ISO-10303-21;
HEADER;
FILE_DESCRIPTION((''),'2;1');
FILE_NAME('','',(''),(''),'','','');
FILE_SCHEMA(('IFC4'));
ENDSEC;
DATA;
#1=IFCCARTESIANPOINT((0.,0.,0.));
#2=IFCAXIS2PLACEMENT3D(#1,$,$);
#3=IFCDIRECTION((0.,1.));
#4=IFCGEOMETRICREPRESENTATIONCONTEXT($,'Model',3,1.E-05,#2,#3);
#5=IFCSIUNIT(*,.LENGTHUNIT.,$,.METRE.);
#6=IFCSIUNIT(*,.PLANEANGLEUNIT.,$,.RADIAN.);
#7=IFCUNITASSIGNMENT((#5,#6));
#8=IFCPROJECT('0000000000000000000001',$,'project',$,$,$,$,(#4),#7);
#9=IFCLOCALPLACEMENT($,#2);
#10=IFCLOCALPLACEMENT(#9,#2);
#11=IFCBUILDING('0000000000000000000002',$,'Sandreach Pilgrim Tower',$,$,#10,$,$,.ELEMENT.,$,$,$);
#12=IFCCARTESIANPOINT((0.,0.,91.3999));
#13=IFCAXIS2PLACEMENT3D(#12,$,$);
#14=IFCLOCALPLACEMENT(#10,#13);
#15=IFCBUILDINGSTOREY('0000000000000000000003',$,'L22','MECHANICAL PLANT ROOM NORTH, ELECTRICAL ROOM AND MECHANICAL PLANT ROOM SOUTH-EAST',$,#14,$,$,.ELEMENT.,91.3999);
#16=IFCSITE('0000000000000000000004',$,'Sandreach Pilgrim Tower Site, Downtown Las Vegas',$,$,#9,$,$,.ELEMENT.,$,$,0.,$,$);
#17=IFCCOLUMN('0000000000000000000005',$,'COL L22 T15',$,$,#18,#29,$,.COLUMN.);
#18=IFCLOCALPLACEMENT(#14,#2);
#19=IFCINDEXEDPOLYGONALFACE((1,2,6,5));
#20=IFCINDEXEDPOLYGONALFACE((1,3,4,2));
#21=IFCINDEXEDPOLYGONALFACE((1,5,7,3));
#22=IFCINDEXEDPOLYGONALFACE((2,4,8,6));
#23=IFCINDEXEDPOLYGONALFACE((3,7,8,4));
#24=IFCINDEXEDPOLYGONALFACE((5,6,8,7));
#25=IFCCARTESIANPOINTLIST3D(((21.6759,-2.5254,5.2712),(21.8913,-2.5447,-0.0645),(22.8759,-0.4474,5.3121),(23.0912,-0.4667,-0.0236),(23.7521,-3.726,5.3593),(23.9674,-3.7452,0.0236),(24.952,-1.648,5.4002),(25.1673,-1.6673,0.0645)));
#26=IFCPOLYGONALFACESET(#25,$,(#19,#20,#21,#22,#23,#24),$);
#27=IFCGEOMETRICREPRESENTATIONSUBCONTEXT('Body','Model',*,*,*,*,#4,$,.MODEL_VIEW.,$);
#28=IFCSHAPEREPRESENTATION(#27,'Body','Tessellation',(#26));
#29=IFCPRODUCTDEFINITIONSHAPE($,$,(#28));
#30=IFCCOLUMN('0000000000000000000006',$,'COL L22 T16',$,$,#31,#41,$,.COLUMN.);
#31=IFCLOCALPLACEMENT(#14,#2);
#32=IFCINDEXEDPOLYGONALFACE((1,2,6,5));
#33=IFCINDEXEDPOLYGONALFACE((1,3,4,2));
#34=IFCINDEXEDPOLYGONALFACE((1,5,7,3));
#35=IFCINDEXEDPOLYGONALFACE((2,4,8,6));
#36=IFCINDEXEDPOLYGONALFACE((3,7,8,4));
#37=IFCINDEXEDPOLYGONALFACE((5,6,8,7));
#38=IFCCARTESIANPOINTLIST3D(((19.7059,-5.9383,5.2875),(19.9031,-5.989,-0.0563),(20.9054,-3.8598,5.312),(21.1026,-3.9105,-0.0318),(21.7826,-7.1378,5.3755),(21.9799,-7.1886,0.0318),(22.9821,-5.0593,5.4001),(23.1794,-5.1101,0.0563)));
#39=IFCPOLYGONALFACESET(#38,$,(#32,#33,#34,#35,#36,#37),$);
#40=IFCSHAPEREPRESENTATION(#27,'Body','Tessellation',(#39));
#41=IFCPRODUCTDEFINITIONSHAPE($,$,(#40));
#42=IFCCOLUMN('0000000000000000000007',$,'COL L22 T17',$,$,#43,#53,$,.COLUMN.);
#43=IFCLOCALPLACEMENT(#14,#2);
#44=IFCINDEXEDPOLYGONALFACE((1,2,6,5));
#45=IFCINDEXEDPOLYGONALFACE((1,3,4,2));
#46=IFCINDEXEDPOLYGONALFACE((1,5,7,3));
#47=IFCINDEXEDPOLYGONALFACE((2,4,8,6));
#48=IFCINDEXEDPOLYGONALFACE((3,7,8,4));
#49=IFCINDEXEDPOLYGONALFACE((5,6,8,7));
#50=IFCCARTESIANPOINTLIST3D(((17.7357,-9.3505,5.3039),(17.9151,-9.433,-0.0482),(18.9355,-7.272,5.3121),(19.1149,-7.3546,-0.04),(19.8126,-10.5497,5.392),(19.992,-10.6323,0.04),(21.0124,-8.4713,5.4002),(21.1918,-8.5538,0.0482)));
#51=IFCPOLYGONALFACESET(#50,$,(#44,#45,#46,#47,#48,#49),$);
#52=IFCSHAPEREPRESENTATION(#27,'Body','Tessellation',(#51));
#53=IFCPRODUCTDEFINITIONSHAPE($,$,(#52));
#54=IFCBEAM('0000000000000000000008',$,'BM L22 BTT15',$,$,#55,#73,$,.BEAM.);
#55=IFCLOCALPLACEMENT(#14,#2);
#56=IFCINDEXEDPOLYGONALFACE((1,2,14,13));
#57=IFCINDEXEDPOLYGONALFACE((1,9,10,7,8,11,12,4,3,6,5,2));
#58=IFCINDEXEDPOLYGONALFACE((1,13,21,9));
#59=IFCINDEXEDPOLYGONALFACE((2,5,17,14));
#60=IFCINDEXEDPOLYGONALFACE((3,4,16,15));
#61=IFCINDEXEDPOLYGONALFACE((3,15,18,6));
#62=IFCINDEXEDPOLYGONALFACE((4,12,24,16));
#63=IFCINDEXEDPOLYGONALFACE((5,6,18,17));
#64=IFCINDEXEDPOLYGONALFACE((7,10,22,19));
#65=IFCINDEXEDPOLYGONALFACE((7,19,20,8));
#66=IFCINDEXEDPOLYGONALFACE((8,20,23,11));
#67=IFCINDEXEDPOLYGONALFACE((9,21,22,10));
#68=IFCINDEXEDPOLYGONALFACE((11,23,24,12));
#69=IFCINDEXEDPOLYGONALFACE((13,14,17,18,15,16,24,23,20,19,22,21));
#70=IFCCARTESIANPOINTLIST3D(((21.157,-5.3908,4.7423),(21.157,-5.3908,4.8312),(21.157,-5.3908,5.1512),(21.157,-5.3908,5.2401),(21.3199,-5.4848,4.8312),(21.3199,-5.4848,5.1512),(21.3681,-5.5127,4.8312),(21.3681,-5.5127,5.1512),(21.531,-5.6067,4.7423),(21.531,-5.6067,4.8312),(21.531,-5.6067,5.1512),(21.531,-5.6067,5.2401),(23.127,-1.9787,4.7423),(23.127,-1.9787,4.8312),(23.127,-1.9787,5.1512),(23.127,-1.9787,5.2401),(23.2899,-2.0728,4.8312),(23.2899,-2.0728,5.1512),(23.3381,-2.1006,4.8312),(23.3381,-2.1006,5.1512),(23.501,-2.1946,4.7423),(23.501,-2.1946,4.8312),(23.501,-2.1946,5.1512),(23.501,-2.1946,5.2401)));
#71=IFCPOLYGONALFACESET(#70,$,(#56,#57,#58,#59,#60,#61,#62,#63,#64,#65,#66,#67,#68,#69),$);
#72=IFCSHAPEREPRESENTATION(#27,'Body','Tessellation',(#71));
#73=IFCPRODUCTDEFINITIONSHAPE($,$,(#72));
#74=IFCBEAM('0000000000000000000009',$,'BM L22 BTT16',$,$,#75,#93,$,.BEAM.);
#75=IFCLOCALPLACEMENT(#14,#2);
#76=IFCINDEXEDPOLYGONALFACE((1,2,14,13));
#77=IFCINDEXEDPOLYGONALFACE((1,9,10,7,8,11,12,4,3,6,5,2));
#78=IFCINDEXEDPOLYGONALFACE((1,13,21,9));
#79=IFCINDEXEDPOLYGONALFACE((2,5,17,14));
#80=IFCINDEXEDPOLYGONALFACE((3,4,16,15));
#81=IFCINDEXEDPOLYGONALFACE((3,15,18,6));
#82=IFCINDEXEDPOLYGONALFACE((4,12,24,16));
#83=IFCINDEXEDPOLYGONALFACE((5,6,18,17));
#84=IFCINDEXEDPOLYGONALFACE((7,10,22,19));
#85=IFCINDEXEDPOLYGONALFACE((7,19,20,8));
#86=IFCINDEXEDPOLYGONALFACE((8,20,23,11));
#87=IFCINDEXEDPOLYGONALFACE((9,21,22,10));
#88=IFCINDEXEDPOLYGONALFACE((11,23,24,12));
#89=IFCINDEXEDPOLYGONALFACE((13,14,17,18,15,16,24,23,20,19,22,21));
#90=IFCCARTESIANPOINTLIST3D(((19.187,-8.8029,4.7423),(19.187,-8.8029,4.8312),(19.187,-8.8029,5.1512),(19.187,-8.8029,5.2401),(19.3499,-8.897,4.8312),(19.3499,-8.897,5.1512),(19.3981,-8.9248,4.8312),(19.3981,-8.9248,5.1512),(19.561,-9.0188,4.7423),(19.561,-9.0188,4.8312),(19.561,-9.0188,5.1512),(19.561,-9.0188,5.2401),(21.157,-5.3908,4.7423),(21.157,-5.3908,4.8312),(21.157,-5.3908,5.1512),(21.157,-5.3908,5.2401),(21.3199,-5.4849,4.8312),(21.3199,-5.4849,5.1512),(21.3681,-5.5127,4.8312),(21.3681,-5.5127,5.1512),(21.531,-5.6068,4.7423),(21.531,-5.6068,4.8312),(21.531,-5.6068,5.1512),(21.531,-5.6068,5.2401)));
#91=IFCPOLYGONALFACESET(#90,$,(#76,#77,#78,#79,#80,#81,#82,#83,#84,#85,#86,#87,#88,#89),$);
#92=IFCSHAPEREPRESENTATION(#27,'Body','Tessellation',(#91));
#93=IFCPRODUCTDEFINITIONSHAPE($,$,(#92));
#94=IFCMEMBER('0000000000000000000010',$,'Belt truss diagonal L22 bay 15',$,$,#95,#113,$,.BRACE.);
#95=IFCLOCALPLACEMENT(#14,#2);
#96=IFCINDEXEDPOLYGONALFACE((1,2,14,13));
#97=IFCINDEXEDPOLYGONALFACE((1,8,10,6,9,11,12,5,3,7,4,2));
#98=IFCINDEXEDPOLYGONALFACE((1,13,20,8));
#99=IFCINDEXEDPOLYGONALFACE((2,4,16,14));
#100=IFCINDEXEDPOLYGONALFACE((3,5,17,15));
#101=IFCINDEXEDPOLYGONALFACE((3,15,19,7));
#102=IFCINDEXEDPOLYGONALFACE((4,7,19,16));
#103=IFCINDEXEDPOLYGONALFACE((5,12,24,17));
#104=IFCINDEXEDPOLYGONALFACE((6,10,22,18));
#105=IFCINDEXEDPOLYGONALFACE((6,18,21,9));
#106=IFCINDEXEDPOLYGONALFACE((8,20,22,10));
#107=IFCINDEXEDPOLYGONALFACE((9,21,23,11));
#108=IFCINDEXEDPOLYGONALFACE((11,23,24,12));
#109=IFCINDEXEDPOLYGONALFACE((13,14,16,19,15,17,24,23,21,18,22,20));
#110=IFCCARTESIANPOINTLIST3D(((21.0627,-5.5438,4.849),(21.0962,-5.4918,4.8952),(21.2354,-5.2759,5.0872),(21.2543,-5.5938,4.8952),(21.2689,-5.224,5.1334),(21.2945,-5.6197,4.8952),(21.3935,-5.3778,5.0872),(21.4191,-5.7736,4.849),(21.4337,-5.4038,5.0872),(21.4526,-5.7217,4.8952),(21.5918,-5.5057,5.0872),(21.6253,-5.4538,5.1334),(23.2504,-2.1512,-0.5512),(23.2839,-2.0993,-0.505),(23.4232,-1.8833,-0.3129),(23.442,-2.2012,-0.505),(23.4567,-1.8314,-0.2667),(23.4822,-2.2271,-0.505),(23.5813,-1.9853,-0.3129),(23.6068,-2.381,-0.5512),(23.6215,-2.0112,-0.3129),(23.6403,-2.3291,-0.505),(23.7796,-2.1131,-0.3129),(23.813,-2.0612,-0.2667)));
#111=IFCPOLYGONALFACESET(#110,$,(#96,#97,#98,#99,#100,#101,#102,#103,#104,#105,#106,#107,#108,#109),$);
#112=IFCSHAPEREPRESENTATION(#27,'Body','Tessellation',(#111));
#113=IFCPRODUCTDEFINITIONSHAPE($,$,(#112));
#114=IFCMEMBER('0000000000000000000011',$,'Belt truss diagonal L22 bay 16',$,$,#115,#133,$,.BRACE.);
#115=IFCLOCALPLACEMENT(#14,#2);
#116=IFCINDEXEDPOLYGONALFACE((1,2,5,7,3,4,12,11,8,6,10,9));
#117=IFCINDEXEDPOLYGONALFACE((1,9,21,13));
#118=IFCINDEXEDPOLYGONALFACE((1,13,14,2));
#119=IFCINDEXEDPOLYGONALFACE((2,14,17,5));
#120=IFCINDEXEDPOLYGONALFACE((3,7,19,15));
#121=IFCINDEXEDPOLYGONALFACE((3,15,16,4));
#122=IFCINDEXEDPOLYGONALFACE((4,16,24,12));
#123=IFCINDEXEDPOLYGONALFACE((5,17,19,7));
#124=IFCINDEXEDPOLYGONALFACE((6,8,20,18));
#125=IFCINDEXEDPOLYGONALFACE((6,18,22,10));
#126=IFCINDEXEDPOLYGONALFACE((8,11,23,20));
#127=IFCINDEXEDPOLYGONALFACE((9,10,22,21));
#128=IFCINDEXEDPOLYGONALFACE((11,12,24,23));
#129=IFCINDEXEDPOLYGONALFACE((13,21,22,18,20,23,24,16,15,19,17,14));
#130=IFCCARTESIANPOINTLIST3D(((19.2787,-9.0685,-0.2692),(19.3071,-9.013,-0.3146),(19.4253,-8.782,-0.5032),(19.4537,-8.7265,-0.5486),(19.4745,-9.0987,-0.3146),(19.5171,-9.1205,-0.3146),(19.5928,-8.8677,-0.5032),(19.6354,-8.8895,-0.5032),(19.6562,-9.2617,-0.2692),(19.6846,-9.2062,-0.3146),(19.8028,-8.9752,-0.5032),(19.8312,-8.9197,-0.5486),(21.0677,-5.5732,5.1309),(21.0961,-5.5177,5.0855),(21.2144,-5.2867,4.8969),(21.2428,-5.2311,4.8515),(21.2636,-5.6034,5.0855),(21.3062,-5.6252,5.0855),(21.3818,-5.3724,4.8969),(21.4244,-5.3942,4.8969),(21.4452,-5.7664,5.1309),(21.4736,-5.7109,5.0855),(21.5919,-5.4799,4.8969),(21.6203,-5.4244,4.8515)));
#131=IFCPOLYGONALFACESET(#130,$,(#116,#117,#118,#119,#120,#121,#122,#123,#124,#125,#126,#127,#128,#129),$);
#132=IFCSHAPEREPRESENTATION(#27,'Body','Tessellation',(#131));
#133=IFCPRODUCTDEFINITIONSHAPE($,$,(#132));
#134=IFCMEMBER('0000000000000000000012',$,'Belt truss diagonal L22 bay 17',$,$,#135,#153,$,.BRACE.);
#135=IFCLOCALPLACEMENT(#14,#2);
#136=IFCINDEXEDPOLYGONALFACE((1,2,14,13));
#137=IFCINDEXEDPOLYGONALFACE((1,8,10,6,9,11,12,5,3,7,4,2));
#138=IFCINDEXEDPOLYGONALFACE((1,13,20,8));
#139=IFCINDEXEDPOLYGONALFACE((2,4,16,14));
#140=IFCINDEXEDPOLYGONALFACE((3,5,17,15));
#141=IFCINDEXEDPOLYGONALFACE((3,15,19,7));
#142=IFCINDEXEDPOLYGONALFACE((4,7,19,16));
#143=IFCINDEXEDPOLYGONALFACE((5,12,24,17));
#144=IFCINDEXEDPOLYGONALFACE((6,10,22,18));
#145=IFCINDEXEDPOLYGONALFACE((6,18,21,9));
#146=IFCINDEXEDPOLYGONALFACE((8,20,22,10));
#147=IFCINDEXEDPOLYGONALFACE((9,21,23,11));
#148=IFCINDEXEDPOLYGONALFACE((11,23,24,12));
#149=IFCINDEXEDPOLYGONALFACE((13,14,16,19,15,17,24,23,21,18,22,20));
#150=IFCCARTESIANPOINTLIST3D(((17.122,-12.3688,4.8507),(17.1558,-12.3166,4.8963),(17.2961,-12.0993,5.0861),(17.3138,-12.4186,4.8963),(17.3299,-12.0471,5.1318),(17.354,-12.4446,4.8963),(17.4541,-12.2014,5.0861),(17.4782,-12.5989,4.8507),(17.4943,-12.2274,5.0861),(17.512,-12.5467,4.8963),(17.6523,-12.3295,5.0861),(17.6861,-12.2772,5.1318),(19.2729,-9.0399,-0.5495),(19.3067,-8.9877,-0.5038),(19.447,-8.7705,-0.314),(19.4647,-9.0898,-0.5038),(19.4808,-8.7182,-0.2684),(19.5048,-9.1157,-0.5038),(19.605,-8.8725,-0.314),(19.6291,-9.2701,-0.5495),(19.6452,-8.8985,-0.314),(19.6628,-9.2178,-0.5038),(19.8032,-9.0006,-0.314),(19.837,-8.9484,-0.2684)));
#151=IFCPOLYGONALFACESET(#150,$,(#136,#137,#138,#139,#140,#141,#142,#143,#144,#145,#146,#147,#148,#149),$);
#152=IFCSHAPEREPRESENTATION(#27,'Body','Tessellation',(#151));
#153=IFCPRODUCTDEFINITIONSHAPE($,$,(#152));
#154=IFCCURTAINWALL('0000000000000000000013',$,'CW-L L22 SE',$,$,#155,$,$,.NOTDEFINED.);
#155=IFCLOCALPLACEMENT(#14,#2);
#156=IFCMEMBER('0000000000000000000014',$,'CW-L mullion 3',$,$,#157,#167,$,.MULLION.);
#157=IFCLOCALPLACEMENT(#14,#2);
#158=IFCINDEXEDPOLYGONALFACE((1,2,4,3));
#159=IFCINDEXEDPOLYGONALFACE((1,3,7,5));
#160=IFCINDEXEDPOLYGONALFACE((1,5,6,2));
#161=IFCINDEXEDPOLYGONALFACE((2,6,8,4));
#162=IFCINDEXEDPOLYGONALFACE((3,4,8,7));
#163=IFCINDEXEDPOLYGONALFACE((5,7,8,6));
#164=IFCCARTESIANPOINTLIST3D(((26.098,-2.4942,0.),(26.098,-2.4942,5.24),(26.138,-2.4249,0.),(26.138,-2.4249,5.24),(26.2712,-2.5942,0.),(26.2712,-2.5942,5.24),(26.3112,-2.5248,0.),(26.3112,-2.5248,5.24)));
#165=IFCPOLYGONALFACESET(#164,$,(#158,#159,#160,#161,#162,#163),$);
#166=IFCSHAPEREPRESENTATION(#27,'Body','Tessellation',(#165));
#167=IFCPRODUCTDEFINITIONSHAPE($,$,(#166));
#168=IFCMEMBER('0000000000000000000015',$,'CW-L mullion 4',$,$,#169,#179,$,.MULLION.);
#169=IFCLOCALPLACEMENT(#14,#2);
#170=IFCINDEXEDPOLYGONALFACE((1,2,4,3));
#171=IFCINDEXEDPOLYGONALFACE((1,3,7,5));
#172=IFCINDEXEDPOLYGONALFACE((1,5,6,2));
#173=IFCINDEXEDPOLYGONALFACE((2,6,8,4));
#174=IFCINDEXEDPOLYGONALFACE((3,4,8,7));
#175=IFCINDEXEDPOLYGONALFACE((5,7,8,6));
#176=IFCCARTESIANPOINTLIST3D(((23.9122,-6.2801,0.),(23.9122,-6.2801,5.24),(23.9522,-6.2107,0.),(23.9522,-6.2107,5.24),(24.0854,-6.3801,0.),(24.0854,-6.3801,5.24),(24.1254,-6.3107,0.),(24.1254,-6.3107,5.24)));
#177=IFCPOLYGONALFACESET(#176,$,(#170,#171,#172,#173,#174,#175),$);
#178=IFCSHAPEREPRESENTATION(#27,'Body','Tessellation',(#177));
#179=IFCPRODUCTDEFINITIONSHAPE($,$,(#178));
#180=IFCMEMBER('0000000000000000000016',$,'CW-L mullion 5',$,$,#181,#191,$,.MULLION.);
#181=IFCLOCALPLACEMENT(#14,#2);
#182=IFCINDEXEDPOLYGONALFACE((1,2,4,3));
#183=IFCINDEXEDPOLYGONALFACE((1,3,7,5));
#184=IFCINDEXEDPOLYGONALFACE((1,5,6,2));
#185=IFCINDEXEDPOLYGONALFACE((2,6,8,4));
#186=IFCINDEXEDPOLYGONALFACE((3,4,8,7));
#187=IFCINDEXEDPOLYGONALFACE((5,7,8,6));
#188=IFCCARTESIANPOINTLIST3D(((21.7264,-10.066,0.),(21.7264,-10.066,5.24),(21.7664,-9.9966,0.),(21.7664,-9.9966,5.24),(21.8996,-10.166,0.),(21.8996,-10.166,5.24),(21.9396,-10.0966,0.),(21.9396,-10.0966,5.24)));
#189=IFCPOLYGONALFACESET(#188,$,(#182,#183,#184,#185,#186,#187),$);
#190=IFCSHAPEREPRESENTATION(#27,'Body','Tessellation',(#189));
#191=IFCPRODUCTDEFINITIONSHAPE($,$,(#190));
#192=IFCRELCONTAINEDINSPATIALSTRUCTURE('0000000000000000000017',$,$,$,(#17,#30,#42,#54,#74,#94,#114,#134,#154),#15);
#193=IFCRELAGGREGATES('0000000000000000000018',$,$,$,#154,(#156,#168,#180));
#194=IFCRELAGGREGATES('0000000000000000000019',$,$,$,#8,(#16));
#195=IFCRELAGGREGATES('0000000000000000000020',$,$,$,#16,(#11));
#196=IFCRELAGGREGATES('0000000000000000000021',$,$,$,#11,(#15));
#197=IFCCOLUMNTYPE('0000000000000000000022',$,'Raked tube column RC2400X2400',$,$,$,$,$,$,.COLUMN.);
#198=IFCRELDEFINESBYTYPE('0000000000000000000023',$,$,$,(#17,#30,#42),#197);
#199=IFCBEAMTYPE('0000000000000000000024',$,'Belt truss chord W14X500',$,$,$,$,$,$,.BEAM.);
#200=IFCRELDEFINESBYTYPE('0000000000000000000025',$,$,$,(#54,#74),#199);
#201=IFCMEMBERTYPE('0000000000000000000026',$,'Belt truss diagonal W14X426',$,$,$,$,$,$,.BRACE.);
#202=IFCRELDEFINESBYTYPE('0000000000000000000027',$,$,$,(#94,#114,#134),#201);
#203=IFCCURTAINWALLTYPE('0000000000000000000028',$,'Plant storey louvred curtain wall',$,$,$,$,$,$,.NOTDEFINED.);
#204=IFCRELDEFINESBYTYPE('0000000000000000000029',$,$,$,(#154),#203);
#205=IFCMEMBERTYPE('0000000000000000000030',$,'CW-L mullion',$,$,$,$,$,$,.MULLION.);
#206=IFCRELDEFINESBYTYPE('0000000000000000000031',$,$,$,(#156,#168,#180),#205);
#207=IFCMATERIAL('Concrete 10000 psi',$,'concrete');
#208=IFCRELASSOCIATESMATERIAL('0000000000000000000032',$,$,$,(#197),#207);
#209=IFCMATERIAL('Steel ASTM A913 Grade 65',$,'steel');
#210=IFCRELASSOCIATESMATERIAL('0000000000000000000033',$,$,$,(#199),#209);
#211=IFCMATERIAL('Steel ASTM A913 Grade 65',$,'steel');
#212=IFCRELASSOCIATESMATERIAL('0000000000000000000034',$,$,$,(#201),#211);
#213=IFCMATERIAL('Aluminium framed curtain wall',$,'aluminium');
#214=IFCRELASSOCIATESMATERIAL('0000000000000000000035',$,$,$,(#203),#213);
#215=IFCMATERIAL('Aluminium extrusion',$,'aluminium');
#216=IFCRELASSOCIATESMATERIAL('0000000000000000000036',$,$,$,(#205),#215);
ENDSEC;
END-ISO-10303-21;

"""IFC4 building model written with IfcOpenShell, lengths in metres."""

from ifc_helpers import new_model, si_unit, direction, frame, origin, origin_2d, place, context, subcontext, project, spatial, rectangle, i_section, extrude, material, material_profile, profile_set, type_object, element, aggregate, save


model = new_model("IFC4")

# Units and contexts
model_context = context("Model", 3, precision=1e-05, world=origin(), true_north=direction((0.0, 1.0)))
body_context = subcontext(model_context, "Body", "Model", "MODEL_VIEW")
ifc_project = project(units=[si_unit("LENGTHUNIT", "METRE"), si_unit("PLANEANGLEUNIT", "RADIAN")], contexts=[model_context])

# Site, building, storey
site_placement = place(None, origin())
site = spatial("IfcSite", under=ifc_project, at=site_placement, Name="Sandreach Pilgrim Tower Site, Downtown Las Vegas", CompositionType="ELEMENT", RefElevation=0.0)
building_placement = place(site_placement, origin())
building = spatial("IfcBuilding", under=site, at=building_placement, Name="Sandreach Pilgrim Tower", CompositionType="ELEMENT")
storey_placement = place(building_placement, frame((0.0, 0.0, 91.3999)))
storey = spatial("IfcBuildingStorey", under=building, at=storey_placement, Name="L22", Description="MECHANICAL PLANT ROOM NORTH, ELECTRICAL ROOM AND MECHANICAL PLANT ROOM SOUTH-EAST", CompositionType="ELEMENT", Elevation=91.3999)

# Columns
ifc_material_1 = material(Name="Concrete 10000 psi", Category="concrete")
ifc_material_profile_1 = material_profile(ifc_material_1, rectangle(XDim=2.3999, YDim=2.3999, at=origin_2d()), Name="RC2400X2400")
ifc_profile_set_1 = profile_set([ifc_material_profile_1], Name="Concrete 10000 psi")
column_type = type_object("IfcColumnType", Name="Raked tube column RC2400X2400", PredefinedType="COLUMN", material=ifc_profile_set_1)
column_1_placement = place(storey_placement, frame((23.5293, -2.106, 0.0), z_axis=(-0.040324, 0.003612, 0.99918), x_axis=(0.865095, -0.500262, 0.036721)))
element("IfcColumn", 1, at=column_1_placement, inside=storey, type_object=column_type, Name="COL L22 T15", PredefinedType="COLUMN", context=body_context, shape_type="SweptSolid", body=[
    extrude(rectangle(XDim=2.3999, YDim=2.3999, at=origin_2d()), origin(), (0.0, 0.0, 1.0), 5.3401),
])
column_2_placement = place(storey_placement, frame((21.5413, -5.5496, 0.0), z_axis=(-0.036888, 0.009496, 0.999274), x_axis=(0.865348, -0.499826, 0.036694)))
element("IfcColumn", 2, at=column_2_placement, inside=storey, type_object=column_type, Name="COL L22 T16", PredefinedType="COLUMN", context=body_context, shape_type="SweptSolid", body=[
    extrude(rectangle(XDim=2.3999, YDim=2.3999, at=origin_2d()), origin(), (0.0, 0.0, 1.0), 5.3477),
])
column_3_placement = place(storey_placement, frame((19.5535, -8.9934, 0.0), z_axis=(-0.033505, 0.015408, 0.99932), x_axis=(0.86541, -0.499718, 0.03672)))
element("IfcColumn", 3, at=column_3_placement, inside=storey, type_object=column_type, Name="COL L22 T17", PredefinedType="COLUMN", context=body_context, shape_type="SweptSolid", body=[
    extrude(rectangle(XDim=2.3999, YDim=2.3999, at=origin_2d()), origin(), (0.0, 0.0, 1.0), 5.3557),
])

# Beams
ifc_material_2 = material(Name="Steel ASTM A913 Grade 65", Category="steel")
ifc_material_profile_2 = material_profile(ifc_material_2, i_section(OverallWidth=0.4319, OverallDepth=0.4978, WebThickness=0.0557, FlangeThickness=0.0889, at=origin_2d()), Name="W14X500")
ifc_profile_set_2 = profile_set([ifc_material_profile_2], Name="Steel ASTM A913 Grade 65")
beam_type_1 = type_object("IfcBeamType", Name="Belt truss chord W14X500", PredefinedType="BEAM", material=ifc_profile_set_2)
for number, where, z_axis, x_axis, name in (
    (4, (23.314, -2.0867, 4.9912), (-0.499998, -0.866027, 0.0), (0.866027, -0.499998, 0.0), "BM L22 BTT15"),
    (5, (21.344, -5.4988, 4.9912), (-0.499998, -0.866027, 0.0), (0.866027, -0.499998, 0.0), "BM L22 BTT16"),
):
    element("IfcBeam", number, at=place(storey_placement, frame(where, z_axis=z_axis, x_axis=x_axis)), inside=storey, type_object=beam_type_1, Name=name, PredefinedType="BEAM", context=body_context, shape_type="SweptSolid", body=[
        extrude(i_section(OverallWidth=0.4319, OverallDepth=0.4978, WebThickness=0.0557, FlangeThickness=0.0889, at=origin_2d()), origin(), (0.0, 0.0, 1.0), 3.9399),
    ])

# Members
ifc_material_3 = material(Name="Steel ASTM A913 Grade 65", Category="steel")
ifc_material_profile_3 = material_profile(ifc_material_3, i_section(OverallWidth=0.4241, OverallDepth=0.4751, WebThickness=0.0479, FlangeThickness=0.0771, at=origin_2d()), Name="W14X426")
ifc_profile_set_3 = profile_set([ifc_material_profile_3], Name="Steel ASTM A913 Grade 65")
member_type_1 = type_object("IfcMemberType", Name="Belt truss diagonal W14X426", PredefinedType="BRACE", material=ifc_profile_set_3)
member_1_placement = place(storey_placement, frame((23.5317, -2.1062, -0.4089), z_axis=(-0.324485, -0.503185, 0.800946), x_axis=(0.840411, -0.541949, 0.0)))
element("IfcMember", 6, at=member_1_placement, inside=storey, type_object=member_type_1, Name="Belt truss diagonal L22 bay 15", PredefinedType="BRACE", context=body_context, shape_type="SweptSolid", body=[
    extrude(i_section(OverallWidth=0.4241, OverallDepth=0.4751, WebThickness=0.0479, FlangeThickness=0.0771, at=origin_2d()), origin(), (0.0, 0.0, 1.0), 6.7422),
])
member_2_placement = place(storey_placement, frame((21.344, -5.4988, 4.9912), z_axis=(-0.267951, -0.523507, -0.808791), x_axis=(0.890172, -0.455625, 0.0)))
element("IfcMember", 7, at=member_2_placement, inside=storey, type_object=member_type_1, Name="Belt truss diagonal L22 bay 16", PredefinedType="BRACE", context=body_context, shape_type="SweptSolid", body=[
    extrude(i_section(OverallWidth=0.4241, OverallDepth=0.4751, WebThickness=0.0479, FlangeThickness=0.0771, at=origin_2d()), origin(), (0.0, 0.0, 1.0), 6.6768),
])
member_3_placement = place(storey_placement, frame((19.5549, -8.9941, -0.4089), z_axis=(-0.321101, -0.49696, 0.806179), x_axis=(0.839925, -0.542702, 0.0)))
element("IfcMember", 8, at=member_3_placement, inside=storey, type_object=member_type_1, Name="Belt truss diagonal L22 bay 17", PredefinedType="BRACE", context=body_context, shape_type="SweptSolid", body=[
    extrude(i_section(OverallWidth=0.4241, OverallDepth=0.4751, WebThickness=0.0479, FlangeThickness=0.0771, at=origin_2d()), origin(), (0.0, 0.0, 1.0), 6.6985),
])

# Curtain wall, members
ifc_material_4 = material(Name="Aluminium framed curtain wall", Category="aluminium")
curtain_wall_type = type_object("IfcCurtainWallType", Name="Plant storey louvred curtain wall", PredefinedType="NOTDEFINED", material=ifc_material_4)
curtain_wall_placement = place(storey_placement, origin())
curtain_wall = element("IfcCurtainWall", 9, at=curtain_wall_placement, inside=storey, type_object=curtain_wall_type, Name="CW-L L22 SE", PredefinedType="NOTDEFINED")
ifc_material_5 = material(Name="Aluminium extrusion", Category="aluminium")
ifc_material_profile_4 = material_profile(ifc_material_5, rectangle(XDim=0.0801, YDim=0.2, at=origin_2d()), Name="CW-LM 80X200")
ifc_profile_set_4 = profile_set([ifc_material_profile_4], Name="Aluminium extrusion")
member_type_2 = type_object("IfcMemberType", Name="CW-L mullion", PredefinedType="MULLION", material=ifc_profile_set_4)
member_4_placement = place(storey_placement, frame((26.2046, -2.5095, 0.0), z_axis=(0.0, 0.0, 1.0), x_axis=(-0.5, -0.866025, 0.0)))
member_4 = element("IfcMember", 10, at=member_4_placement, type_object=member_type_2, Name="CW-L mullion 3", PredefinedType="MULLION", context=body_context, shape_type="SweptSolid", body=[
    extrude(rectangle(XDim=0.0801, YDim=0.2, at=origin_2d()), origin(), (0.0, 0.0, 1.0), 5.24),
])
member_5_placement = place(storey_placement, frame((24.0188, -6.2954, 0.0), z_axis=(0.0, 0.0, 1.0), x_axis=(-0.5, -0.866025, 0.0)))
member_5 = element("IfcMember", 11, at=member_5_placement, type_object=member_type_2, Name="CW-L mullion 4", PredefinedType="MULLION", context=body_context, shape_type="SweptSolid", body=[
    extrude(rectangle(XDim=0.0801, YDim=0.2, at=origin_2d()), origin(), (0.0, 0.0, 1.0), 5.24),
])
member_6_placement = place(storey_placement, frame((21.833, -10.0813, 0.0), z_axis=(0.0, 0.0, 1.0), x_axis=(-0.5, -0.866025, 0.0)))
member_6 = element("IfcMember", 12, at=member_6_placement, type_object=member_type_2, Name="CW-L mullion 5", PredefinedType="MULLION", context=body_context, shape_type="SweptSolid", body=[
    extrude(rectangle(XDim=0.0801, YDim=0.2, at=origin_2d()), origin(), (0.0, 0.0, 1.0), 5.24),
])

aggregate(curtain_wall, [member_4, member_5, member_6])

save(model, "model.ifc")
